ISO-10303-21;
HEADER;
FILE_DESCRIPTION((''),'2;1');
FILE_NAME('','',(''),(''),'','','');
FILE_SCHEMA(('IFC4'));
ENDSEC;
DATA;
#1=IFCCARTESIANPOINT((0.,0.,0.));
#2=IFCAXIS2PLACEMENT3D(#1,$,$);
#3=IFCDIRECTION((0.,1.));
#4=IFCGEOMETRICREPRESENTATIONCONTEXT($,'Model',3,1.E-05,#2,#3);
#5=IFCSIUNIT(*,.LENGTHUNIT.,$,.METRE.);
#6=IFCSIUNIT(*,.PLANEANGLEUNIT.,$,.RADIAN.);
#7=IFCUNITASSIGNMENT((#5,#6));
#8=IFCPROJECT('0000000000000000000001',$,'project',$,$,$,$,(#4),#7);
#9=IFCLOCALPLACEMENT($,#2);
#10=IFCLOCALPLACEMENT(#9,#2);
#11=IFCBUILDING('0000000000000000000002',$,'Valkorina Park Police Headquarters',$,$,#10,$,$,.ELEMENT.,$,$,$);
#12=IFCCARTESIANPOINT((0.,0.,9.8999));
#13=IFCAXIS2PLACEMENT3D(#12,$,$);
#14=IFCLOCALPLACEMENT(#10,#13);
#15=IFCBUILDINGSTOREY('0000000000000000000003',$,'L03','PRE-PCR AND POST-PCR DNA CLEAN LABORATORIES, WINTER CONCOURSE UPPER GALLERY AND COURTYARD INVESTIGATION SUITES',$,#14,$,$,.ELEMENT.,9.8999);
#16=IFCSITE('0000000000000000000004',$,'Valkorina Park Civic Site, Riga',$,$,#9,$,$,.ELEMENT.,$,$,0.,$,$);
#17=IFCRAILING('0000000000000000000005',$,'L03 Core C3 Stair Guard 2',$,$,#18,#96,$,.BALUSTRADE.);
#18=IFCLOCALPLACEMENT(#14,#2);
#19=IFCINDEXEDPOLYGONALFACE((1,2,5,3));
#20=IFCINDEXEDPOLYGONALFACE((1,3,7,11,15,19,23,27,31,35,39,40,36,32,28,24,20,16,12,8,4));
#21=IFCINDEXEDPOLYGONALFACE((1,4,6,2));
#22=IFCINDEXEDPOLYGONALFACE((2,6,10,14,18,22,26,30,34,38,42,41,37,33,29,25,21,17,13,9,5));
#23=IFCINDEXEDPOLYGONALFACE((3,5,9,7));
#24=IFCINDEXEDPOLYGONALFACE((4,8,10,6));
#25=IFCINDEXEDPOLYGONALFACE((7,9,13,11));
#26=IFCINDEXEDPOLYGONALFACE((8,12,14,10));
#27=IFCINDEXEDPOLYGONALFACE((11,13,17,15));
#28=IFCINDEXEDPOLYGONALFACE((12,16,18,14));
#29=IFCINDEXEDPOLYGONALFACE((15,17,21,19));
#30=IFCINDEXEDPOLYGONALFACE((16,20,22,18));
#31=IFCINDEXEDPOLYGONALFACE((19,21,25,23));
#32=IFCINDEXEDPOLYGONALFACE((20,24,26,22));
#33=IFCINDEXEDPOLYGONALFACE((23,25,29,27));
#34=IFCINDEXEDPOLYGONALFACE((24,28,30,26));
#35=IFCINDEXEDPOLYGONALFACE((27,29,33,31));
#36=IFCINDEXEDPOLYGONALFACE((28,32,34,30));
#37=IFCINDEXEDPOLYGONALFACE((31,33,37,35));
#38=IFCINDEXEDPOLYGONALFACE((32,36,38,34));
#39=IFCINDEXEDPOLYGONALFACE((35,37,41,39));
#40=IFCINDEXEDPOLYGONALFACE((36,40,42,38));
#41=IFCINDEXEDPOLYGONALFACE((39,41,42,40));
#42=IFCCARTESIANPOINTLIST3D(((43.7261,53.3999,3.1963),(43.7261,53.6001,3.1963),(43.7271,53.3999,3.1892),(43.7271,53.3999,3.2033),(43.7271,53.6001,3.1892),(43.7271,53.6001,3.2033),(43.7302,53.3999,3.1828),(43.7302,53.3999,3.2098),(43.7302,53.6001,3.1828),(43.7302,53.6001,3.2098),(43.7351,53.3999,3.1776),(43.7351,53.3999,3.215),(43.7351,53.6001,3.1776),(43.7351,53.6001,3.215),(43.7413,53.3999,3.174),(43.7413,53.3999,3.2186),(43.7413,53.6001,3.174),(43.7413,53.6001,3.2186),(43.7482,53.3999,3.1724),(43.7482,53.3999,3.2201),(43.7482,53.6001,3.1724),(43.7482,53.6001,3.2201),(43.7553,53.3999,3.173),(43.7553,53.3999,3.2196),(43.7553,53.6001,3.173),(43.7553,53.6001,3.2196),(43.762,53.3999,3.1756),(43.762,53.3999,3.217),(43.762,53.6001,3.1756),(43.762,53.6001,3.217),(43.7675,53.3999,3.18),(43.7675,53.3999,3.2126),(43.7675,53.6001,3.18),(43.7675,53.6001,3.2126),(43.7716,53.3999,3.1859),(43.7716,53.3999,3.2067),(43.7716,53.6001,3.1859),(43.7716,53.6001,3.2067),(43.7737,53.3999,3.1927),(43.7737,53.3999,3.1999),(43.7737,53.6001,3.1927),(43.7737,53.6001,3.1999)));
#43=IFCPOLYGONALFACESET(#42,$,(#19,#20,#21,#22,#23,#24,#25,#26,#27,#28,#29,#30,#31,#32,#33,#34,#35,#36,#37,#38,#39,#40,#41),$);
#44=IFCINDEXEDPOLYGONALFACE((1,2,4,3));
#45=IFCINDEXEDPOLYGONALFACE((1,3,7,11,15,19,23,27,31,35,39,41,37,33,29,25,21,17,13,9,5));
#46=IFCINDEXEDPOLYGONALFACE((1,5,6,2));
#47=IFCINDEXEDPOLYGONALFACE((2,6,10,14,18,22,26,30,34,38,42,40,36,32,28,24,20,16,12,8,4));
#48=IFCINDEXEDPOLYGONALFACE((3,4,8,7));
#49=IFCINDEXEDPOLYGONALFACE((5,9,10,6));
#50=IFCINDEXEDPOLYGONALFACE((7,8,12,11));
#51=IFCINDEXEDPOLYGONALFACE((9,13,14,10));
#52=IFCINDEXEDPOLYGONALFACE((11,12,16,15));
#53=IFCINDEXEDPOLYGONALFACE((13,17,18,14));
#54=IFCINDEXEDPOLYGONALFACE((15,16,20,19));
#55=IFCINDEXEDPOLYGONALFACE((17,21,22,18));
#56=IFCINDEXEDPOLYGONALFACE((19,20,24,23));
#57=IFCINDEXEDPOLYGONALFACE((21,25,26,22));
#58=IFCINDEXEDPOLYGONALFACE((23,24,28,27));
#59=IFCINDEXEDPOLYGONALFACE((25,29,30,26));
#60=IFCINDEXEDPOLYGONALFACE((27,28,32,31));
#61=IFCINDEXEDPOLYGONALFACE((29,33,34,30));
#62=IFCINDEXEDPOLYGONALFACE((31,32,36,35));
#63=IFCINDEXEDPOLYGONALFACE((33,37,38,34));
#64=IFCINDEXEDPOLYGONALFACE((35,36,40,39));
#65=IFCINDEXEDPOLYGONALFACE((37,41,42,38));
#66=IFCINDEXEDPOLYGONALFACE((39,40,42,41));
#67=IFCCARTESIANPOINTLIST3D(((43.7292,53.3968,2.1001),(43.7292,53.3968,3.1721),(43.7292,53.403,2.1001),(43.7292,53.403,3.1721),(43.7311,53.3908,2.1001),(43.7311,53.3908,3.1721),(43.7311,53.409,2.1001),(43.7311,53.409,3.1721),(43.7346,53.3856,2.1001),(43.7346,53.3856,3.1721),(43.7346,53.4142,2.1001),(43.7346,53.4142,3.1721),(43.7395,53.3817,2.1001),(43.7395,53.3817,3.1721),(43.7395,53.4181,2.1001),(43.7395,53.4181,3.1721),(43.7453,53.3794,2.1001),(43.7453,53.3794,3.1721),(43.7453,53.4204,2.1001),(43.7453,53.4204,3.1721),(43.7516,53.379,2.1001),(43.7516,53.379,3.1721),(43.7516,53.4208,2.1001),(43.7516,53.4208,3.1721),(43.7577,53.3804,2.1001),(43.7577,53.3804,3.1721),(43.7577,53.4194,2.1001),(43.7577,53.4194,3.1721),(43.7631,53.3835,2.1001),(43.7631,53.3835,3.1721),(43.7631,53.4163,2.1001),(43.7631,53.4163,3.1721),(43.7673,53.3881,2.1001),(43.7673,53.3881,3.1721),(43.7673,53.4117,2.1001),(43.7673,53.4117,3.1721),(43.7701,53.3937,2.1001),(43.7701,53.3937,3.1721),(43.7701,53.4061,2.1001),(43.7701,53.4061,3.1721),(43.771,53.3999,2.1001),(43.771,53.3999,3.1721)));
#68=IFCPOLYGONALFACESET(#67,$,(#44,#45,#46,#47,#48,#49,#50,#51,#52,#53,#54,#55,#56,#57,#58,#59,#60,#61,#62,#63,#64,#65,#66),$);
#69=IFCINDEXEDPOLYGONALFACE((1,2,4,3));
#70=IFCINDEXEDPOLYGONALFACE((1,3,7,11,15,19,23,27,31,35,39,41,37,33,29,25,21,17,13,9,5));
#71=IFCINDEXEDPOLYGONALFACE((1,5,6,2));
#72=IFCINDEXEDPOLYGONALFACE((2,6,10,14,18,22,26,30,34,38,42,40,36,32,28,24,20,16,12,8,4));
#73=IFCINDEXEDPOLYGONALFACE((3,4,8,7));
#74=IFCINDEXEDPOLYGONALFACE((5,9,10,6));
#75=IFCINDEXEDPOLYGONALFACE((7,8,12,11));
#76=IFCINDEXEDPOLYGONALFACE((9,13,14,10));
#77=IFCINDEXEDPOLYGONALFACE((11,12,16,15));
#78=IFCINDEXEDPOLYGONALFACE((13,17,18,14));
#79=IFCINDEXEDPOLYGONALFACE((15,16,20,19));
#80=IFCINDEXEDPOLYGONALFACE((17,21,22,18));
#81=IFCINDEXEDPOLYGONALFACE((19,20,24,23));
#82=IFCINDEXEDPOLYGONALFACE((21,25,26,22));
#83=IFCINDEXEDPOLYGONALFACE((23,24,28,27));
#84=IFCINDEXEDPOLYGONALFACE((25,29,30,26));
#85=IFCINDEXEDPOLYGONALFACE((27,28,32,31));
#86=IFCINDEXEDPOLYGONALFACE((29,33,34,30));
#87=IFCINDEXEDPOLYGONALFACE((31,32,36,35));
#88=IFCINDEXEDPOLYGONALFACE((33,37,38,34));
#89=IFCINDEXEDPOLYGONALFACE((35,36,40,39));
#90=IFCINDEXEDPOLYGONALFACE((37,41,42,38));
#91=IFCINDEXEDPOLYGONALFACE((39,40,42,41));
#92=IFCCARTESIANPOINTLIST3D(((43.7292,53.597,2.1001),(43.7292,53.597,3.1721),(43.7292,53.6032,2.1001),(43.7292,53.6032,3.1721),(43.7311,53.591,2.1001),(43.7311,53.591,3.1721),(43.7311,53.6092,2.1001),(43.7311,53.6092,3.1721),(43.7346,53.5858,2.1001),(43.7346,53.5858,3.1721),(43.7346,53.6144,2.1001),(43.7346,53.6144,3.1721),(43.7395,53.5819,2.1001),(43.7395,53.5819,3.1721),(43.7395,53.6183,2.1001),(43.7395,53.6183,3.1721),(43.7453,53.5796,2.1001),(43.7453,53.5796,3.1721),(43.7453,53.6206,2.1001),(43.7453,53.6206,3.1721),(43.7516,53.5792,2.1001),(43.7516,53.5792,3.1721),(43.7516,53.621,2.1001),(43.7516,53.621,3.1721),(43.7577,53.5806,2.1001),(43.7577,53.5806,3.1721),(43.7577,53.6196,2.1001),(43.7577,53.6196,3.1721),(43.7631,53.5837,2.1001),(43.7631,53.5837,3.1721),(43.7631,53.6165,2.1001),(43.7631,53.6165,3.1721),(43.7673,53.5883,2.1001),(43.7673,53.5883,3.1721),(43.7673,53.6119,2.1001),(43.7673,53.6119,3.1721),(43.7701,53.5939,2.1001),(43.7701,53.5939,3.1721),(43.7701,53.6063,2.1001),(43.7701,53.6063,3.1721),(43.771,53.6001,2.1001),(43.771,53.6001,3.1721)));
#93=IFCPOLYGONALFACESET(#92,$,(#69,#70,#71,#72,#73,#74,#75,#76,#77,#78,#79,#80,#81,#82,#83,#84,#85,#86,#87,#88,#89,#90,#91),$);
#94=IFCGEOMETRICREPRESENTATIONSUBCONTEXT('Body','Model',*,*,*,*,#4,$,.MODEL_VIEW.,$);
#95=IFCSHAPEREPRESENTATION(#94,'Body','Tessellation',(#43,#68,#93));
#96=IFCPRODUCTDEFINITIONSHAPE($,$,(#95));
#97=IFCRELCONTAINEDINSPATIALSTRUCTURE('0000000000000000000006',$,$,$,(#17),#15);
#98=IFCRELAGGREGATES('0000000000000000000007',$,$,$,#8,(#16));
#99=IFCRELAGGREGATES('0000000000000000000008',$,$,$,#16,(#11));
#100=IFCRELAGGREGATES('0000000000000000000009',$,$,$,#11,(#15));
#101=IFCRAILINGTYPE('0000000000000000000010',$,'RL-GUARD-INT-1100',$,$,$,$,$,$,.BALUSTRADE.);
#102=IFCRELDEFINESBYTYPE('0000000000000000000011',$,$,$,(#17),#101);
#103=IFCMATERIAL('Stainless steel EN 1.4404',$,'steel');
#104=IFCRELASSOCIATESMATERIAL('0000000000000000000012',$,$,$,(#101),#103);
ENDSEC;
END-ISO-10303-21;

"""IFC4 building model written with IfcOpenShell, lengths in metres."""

from ifc_helpers import new_model, si_unit, direction, frame, origin, origin_2d, place, context, subcontext, project, spatial, circle, extrude, material, type_object, element, save


model = new_model("IFC4")

# Units and contexts
model_context = context("Model", 3, precision=1e-05, world=origin(), true_north=direction((0.0, 1.0)))
body_context = subcontext(model_context, "Body", "Model", "MODEL_VIEW")
ifc_project = project(units=[si_unit("LENGTHUNIT", "METRE"), si_unit("PLANEANGLEUNIT", "RADIAN")], contexts=[model_context])

# Site, building, storey
site_placement = place(None, origin())
site = spatial("IfcSite", under=ifc_project, at=site_placement, Name="Valkorina Park Civic Site, Riga", CompositionType="ELEMENT", RefElevation=0.0)
building_placement = place(site_placement, origin())
building = spatial("IfcBuilding", under=site, at=building_placement, Name="Valkorina Park Police Headquarters", CompositionType="ELEMENT")
storey_placement = place(building_placement, frame((0.0, 0.0, 9.8999)))
storey = spatial("IfcBuildingStorey", under=building, at=storey_placement, Name="L03", Description="PRE-PCR AND POST-PCR DNA CLEAN LABORATORIES, WINTER CONCOURSE UPPER GALLERY AND COURTYARD INVESTIGATION SUITES", CompositionType="ELEMENT", Elevation=9.8999)

# Shared definitions
ifc_material_1 = material(Name="Stainless steel EN 1.4404", Category="steel")

# Railing
railing_type_1 = type_object("IfcRailingType", Name="RL-GUARD-INT-1100", PredefinedType="BALUSTRADE", material=ifc_material_1)
railing_1_placement = place(storey_placement, frame((43.75, 53.3999, 2.1001)))
element("IfcRailing", 1, at=railing_1_placement, inside=storey, type_object=railing_type_1, Name="L03 Core C3 Stair Guard 2", PredefinedType="BALUSTRADE", context=body_context, shape_type="SweptSolid", body=[
    extrude(circle(Radius=0.0239, at=origin_2d()), frame((0.0, 0.0, 1.0962), z_axis=(0.0, 1.0, 0.0), x_axis=(-1.0, 0.0, 0.0)), (0.0, 0.0, 1.0), 0.2002),
    extrude(circle(Radius=0.021, at=origin_2d()), origin(), (0.0, 0.0, 1.0), 1.072),
    extrude(circle(Radius=0.021, at=origin_2d()), frame((0.0, 0.2002, 0.0)), (0.0, 0.0, 1.0), 1.072),
])

save(model, "model.ifc")
